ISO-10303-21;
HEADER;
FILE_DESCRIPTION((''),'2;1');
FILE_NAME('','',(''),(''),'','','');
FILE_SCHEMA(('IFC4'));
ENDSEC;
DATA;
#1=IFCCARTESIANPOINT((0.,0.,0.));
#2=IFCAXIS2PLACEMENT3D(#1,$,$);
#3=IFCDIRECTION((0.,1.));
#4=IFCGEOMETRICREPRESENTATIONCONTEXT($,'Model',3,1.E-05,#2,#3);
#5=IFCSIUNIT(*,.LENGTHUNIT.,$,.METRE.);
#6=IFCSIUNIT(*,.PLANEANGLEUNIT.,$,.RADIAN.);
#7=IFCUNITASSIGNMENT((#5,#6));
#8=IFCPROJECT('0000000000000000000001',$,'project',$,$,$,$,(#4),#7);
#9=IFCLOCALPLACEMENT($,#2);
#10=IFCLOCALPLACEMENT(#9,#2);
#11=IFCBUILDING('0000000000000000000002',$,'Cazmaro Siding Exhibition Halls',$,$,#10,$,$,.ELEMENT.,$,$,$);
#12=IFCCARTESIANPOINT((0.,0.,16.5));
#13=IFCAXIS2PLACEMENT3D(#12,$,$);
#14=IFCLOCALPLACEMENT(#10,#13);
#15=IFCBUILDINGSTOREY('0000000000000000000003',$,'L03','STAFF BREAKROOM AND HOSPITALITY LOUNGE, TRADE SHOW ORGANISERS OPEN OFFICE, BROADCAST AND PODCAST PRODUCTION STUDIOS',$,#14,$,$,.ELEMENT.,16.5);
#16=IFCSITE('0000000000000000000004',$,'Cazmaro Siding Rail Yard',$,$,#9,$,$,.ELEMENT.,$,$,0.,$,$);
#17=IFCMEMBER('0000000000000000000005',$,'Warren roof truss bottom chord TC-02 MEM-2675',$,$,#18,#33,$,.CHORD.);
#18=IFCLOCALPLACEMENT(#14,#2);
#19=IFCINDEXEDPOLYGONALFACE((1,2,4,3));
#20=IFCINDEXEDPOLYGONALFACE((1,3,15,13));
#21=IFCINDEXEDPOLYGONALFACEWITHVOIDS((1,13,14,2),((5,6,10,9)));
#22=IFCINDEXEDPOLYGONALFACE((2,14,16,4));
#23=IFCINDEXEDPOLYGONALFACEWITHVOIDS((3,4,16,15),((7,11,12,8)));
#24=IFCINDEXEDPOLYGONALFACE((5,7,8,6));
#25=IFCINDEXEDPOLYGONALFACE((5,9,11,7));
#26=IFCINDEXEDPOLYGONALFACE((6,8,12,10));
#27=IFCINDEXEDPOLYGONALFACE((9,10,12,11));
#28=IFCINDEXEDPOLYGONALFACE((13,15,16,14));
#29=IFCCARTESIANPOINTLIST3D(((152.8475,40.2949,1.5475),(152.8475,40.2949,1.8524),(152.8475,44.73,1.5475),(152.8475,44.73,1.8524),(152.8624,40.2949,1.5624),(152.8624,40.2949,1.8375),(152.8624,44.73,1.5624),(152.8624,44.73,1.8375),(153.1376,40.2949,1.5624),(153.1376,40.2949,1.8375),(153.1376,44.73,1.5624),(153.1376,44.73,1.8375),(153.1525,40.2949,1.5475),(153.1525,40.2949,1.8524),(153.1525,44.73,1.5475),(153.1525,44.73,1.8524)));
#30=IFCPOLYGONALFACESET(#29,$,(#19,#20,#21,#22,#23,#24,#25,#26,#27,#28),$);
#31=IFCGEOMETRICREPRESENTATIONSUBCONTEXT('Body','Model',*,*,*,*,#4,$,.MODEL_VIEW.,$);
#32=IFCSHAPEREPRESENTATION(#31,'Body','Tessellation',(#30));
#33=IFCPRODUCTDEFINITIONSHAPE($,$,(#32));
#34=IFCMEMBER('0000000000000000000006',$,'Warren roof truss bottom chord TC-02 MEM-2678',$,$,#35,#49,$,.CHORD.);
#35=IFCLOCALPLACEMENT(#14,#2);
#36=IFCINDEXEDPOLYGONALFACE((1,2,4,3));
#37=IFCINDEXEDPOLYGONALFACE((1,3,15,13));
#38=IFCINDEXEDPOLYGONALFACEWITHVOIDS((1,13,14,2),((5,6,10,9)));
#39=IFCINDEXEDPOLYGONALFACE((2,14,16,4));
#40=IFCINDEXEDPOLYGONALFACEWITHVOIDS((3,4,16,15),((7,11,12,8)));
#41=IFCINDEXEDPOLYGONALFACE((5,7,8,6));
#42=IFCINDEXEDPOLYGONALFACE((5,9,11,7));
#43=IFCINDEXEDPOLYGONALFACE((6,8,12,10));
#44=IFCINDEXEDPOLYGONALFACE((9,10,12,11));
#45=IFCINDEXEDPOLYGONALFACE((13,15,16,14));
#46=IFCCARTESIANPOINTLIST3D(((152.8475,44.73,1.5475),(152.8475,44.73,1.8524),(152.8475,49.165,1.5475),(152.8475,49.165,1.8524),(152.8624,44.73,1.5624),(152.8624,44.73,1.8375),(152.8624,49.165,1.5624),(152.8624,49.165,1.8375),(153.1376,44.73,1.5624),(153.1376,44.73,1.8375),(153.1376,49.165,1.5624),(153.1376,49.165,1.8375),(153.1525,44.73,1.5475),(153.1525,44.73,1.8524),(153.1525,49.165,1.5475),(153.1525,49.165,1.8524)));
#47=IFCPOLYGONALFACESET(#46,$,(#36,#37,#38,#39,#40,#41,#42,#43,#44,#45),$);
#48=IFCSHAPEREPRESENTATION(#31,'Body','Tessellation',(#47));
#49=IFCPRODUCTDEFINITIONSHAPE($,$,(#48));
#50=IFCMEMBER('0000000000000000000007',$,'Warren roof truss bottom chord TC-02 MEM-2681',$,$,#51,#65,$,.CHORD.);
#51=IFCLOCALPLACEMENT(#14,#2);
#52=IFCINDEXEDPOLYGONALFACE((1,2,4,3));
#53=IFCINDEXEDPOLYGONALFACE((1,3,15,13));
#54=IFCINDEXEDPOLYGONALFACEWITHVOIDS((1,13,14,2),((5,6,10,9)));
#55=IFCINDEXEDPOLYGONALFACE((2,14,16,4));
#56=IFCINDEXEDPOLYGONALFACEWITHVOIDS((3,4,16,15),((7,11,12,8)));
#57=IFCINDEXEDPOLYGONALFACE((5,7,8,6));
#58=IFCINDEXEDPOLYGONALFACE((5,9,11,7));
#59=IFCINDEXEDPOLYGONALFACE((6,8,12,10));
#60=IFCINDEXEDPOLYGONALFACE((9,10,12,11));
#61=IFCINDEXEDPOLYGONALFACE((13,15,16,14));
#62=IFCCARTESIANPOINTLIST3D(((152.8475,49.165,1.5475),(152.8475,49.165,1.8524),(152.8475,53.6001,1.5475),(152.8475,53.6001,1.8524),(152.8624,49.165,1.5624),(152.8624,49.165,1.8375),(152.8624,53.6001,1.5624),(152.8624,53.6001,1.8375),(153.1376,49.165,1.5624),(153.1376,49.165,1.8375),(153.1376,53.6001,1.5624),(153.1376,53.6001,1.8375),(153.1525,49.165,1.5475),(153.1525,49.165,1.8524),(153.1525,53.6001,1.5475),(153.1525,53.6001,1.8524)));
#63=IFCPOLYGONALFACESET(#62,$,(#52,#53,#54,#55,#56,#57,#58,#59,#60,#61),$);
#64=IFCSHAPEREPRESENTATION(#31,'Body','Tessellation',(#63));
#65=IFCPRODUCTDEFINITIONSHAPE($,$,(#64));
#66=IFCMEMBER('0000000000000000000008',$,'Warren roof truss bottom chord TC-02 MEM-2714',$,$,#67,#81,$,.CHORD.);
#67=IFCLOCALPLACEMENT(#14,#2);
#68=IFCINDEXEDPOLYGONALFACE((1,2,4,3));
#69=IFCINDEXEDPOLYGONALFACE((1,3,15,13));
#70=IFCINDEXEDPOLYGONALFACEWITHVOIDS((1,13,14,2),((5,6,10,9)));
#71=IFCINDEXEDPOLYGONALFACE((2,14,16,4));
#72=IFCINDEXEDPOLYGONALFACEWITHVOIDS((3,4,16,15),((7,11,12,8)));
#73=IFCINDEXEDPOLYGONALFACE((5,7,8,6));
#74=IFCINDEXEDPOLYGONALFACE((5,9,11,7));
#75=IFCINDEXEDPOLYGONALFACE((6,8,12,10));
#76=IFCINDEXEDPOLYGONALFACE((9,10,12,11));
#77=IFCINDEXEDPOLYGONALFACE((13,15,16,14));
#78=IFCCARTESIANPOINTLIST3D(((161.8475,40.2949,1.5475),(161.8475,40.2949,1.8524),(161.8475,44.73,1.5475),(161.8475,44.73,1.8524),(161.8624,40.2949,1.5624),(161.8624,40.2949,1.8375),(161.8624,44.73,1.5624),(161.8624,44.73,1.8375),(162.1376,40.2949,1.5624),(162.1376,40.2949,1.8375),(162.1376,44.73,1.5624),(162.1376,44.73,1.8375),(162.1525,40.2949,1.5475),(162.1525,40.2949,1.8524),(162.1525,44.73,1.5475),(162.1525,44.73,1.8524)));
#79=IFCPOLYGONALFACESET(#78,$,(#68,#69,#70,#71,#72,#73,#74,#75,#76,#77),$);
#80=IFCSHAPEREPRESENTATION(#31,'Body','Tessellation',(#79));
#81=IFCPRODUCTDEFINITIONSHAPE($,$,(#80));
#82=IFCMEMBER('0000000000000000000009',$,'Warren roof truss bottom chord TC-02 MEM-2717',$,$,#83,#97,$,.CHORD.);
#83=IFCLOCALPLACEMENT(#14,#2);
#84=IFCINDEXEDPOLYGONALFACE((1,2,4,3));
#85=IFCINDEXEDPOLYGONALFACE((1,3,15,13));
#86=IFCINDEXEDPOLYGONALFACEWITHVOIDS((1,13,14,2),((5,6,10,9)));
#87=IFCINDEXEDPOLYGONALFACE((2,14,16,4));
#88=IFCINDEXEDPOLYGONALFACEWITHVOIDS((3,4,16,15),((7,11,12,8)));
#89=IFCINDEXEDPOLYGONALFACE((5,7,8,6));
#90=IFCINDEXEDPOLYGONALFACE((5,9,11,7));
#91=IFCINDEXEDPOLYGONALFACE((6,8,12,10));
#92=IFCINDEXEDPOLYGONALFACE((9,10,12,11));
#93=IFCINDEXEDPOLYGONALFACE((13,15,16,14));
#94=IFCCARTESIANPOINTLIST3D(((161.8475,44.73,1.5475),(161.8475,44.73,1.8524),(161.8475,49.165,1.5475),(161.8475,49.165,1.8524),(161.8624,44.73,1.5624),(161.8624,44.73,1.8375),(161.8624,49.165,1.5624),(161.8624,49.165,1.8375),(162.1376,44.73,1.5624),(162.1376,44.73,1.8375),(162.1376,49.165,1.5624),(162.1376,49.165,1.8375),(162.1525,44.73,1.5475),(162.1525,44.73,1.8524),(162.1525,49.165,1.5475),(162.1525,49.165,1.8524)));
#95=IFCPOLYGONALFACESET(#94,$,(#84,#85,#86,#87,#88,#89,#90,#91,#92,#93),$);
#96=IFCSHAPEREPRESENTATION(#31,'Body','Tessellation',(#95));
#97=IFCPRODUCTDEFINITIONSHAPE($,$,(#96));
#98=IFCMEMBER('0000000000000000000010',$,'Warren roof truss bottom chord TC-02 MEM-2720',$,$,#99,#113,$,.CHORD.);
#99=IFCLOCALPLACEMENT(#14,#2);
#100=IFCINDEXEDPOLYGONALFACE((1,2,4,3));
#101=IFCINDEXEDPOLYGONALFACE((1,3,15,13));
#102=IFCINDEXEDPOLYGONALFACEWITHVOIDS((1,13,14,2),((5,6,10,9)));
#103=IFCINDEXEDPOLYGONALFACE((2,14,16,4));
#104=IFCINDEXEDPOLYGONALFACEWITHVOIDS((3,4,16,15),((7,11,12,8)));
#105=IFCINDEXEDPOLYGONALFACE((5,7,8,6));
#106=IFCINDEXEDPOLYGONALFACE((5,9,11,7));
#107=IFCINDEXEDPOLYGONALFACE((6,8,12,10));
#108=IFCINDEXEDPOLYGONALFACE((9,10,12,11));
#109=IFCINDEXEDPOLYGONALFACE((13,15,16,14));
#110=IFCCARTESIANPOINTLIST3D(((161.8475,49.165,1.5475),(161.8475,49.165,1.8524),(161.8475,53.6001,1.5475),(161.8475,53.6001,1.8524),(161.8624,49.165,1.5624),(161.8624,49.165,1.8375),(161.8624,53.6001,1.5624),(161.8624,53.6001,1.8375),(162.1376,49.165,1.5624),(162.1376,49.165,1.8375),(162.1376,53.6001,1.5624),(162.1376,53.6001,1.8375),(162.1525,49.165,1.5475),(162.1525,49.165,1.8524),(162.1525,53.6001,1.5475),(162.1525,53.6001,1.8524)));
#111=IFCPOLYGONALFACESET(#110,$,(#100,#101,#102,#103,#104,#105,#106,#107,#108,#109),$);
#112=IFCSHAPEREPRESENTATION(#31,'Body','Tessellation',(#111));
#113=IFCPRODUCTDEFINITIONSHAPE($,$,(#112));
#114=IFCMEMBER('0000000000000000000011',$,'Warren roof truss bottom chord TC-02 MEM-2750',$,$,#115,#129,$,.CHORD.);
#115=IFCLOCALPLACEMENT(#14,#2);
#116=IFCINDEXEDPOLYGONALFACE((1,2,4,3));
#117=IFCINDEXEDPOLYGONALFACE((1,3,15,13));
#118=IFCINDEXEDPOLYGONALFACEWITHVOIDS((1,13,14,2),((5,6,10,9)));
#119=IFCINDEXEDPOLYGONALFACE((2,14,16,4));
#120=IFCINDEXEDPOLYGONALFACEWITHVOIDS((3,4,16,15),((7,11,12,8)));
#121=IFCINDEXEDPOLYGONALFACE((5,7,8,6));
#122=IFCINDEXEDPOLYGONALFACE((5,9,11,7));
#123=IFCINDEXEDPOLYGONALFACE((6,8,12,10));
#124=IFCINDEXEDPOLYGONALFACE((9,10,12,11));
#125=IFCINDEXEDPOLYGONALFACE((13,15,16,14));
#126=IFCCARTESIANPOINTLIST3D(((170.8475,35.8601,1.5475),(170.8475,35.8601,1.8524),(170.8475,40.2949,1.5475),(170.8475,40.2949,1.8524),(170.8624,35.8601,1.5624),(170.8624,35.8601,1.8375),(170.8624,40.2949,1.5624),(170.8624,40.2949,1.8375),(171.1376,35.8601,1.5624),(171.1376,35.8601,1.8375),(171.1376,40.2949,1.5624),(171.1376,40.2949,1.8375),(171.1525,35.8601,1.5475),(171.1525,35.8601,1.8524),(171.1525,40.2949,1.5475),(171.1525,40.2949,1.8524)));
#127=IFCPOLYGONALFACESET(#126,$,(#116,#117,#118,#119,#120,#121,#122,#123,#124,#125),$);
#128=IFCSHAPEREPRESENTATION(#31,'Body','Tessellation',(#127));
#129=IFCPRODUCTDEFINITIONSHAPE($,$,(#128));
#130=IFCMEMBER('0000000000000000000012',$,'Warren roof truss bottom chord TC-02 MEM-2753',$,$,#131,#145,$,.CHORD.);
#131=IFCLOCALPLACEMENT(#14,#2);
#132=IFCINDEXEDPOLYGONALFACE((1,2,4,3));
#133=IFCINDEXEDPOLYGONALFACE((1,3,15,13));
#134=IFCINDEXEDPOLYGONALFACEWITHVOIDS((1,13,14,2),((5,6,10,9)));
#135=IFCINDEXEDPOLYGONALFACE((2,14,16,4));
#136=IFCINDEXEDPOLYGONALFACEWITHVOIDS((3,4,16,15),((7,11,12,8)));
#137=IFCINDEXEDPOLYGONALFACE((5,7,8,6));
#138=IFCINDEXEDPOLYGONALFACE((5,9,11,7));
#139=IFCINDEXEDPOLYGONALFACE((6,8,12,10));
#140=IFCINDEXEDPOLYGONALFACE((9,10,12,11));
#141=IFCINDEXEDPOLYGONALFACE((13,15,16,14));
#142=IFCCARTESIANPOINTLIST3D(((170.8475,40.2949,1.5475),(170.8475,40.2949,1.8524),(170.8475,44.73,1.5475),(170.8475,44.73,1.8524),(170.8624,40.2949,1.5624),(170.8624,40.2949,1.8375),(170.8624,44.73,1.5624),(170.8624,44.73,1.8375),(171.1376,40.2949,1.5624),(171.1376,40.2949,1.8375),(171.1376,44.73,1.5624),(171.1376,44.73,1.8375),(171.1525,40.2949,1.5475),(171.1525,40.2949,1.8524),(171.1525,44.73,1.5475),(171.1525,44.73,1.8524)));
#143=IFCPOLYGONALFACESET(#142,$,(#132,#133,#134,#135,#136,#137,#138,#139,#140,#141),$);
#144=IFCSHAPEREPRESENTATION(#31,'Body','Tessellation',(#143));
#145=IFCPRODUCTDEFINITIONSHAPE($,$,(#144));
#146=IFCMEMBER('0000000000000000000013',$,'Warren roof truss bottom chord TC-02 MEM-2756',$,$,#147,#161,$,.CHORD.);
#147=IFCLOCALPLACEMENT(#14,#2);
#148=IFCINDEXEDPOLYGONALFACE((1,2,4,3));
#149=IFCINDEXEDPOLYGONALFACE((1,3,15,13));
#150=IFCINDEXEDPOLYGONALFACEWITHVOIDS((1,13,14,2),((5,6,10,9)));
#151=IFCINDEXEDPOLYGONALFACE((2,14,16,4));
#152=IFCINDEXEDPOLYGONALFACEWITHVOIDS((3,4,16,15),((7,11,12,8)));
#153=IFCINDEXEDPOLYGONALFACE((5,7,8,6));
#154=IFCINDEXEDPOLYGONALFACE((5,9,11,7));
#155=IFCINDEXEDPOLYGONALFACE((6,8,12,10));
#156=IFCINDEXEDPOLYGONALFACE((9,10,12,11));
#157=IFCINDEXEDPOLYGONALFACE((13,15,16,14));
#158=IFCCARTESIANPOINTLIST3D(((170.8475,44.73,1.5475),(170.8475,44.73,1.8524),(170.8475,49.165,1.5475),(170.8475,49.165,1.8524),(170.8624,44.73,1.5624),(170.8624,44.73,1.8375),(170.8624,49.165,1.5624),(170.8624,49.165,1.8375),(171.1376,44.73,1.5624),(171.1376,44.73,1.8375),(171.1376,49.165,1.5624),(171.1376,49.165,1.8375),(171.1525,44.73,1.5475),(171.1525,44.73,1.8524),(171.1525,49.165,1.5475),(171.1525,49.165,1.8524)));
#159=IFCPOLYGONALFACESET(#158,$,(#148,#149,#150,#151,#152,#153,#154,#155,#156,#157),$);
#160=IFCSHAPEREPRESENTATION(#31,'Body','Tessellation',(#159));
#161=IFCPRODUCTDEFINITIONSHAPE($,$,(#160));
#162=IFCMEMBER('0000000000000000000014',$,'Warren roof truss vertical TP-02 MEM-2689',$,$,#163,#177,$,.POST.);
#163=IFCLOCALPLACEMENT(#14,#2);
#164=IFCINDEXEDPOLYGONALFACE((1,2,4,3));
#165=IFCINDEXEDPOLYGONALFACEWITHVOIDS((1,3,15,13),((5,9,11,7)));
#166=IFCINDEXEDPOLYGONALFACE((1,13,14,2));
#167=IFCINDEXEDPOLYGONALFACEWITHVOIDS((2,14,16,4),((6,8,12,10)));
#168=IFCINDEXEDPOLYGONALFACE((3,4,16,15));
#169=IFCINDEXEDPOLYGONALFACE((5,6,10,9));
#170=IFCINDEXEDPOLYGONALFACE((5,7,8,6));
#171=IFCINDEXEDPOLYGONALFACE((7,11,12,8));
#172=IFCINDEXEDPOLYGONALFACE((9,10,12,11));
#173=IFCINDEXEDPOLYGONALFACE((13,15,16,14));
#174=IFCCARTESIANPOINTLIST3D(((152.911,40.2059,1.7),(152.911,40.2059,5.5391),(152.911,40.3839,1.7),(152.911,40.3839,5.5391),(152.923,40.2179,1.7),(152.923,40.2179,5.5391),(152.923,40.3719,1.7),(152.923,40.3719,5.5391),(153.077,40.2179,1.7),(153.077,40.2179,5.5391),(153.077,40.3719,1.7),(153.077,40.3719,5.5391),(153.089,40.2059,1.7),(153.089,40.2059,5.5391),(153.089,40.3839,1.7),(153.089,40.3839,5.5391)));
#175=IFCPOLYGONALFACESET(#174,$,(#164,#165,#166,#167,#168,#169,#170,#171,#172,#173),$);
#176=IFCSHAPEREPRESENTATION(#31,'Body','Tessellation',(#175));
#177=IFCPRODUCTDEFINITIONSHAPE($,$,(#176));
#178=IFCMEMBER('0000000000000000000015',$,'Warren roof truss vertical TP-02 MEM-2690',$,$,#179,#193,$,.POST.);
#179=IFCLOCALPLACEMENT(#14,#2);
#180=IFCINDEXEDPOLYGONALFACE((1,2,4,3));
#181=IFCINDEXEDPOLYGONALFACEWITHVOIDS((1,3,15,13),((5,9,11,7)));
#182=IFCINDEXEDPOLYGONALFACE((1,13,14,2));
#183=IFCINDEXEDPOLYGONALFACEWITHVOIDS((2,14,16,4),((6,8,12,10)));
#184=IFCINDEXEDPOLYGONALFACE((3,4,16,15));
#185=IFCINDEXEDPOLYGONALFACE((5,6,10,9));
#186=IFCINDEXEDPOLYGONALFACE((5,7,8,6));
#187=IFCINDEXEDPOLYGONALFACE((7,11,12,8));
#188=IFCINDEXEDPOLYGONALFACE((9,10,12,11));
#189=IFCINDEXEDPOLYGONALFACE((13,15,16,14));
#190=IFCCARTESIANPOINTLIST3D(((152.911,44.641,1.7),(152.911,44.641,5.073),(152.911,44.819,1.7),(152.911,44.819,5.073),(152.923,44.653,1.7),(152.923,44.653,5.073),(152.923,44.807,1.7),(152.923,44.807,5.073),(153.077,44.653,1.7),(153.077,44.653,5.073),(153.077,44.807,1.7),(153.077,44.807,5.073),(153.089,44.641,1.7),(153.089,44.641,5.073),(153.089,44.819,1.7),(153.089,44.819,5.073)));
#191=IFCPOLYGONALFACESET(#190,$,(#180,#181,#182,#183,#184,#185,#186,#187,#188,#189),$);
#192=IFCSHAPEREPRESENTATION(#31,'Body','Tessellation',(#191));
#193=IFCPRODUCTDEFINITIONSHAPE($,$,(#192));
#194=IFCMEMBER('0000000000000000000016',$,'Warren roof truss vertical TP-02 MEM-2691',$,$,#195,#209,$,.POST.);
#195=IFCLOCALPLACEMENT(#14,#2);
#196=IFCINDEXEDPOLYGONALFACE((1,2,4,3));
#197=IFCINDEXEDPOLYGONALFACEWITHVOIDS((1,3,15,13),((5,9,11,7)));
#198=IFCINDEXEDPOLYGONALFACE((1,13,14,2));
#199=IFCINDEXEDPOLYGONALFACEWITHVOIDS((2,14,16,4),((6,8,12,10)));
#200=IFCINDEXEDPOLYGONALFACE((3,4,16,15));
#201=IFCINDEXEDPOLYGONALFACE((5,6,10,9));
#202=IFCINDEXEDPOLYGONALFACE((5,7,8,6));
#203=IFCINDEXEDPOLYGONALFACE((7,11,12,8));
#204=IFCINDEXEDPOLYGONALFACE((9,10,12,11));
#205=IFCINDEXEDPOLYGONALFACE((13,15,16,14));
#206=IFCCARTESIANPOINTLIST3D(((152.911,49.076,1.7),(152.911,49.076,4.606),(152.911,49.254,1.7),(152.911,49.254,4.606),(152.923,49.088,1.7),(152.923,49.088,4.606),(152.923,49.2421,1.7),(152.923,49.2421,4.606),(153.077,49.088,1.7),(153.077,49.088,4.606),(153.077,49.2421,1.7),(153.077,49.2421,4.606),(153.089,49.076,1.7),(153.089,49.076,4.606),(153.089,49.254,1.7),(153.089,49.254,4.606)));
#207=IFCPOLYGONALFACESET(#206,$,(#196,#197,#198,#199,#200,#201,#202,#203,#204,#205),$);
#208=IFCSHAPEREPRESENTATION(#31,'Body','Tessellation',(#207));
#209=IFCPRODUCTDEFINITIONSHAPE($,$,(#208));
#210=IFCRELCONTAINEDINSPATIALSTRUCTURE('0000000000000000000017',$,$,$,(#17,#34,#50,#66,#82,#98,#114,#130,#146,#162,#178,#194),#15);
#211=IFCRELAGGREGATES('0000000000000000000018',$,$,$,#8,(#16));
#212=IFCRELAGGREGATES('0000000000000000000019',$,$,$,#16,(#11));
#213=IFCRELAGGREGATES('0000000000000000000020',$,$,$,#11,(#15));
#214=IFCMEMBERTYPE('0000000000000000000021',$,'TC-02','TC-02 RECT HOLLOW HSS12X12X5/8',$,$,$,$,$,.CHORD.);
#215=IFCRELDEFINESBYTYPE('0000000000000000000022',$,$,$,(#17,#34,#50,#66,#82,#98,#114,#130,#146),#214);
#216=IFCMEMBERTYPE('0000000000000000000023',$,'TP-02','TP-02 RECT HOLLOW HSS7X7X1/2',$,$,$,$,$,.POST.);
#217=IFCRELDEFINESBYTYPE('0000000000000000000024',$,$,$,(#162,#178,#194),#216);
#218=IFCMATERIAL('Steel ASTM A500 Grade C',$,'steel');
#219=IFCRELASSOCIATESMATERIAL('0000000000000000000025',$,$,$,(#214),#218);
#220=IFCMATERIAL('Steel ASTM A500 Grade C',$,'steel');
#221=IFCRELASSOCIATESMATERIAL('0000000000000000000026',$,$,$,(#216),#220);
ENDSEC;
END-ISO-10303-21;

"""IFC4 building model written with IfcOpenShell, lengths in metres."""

from ifc_helpers import new_model, si_unit, direction, frame, origin, origin_2d, place, context, subcontext, project, spatial, hollow_rectangle, extrude, material, material_profile, profile_set, type_object, element, save


model = new_model("IFC4")

# Units and contexts
model_context = context("Model", 3, precision=1e-05, world=origin(), true_north=direction((0.0, 1.0)))
body_context = subcontext(model_context, "Body", "Model", "MODEL_VIEW")
ifc_project = project(units=[si_unit("LENGTHUNIT", "METRE"), si_unit("PLANEANGLEUNIT", "RADIAN")], contexts=[model_context])

# Site, building, storey
site_placement = place(None, origin())
site = spatial("IfcSite", under=ifc_project, at=site_placement, Name="Cazmaro Siding Rail Yard", CompositionType="ELEMENT", RefElevation=0.0)
building_placement = place(site_placement, origin())
building = spatial("IfcBuilding", under=site, at=building_placement, Name="Cazmaro Siding Exhibition Halls", CompositionType="ELEMENT")
storey_placement = place(building_placement, frame((0.0, 0.0, 16.5)))
storey = spatial("IfcBuildingStorey", under=building, at=storey_placement, Name="L03", Description="STAFF BREAKROOM AND HOSPITALITY LOUNGE, TRADE SHOW ORGANISERS OPEN OFFICE, BROADCAST AND PODCAST PRODUCTION STUDIOS", CompositionType="ELEMENT", Elevation=16.5)

# Members
ifc_material_1 = material(Name="Steel ASTM A500 Grade C", Category="steel")
ifc_material_profile_1 = material_profile(ifc_material_1, hollow_rectangle(XDim=0.3049, YDim=0.3049, WallThickness=0.0149, at=origin_2d()), Name="HSS12X12X5/8")
ifc_profile_set_1 = profile_set([ifc_material_profile_1], Name="Steel ASTM A500 Grade C")
member_type_1 = type_object("IfcMemberType", Name="TC-02", Description="TC-02 RECT HOLLOW HSS12X12X5/8", PredefinedType="CHORD", material=ifc_profile_set_1)
for number, where, z_axis, x_axis, name in (
    (1, (153.0, 40.2949, 1.7), (0.0, 1.0, 0.0), (-1.0, 0.0, 0.0), "Warren roof truss bottom chord TC-02 MEM-2675"),
    (2, (153.0, 44.73, 1.7), (0.0, 1.0, 0.0), (-1.0, 0.0, 0.0), "Warren roof truss bottom chord TC-02 MEM-2678"),
    (3, (153.0, 49.165, 1.7), (0.0, 1.0, 0.0), (-1.0, 0.0, 0.0), "Warren roof truss bottom chord TC-02 MEM-2681"),
    (4, (162.0, 40.2949, 1.7), (0.0, 1.0, 0.0), (-1.0, 0.0, 0.0), "Warren roof truss bottom chord TC-02 MEM-2714"),
    (5, (162.0, 44.73, 1.7), (0.0, 1.0, 0.0), (-1.0, 0.0, 0.0), "Warren roof truss bottom chord TC-02 MEM-2717"),
    (6, (162.0, 49.165, 1.7), (0.0, 1.0, 0.0), (-1.0, 0.0, 0.0), "Warren roof truss bottom chord TC-02 MEM-2720"),
):
    element("IfcMember", number, at=place(storey_placement, frame(where, z_axis=z_axis, x_axis=x_axis)), inside=storey, type_object=member_type_1, Name=name, PredefinedType="CHORD", context=body_context, shape_type="SweptSolid", body=[
        extrude(hollow_rectangle(XDim=0.3049, YDim=0.3049, WallThickness=0.0149, at=origin_2d()), origin(), (0.0, 0.0, 1.0), 4.4351),
    ])
member_1_placement = place(storey_placement, frame((171.0, 35.8601, 1.7), z_axis=(0.0, 1.0, 0.0), x_axis=(-1.0, 0.0, 0.0)))
element("IfcMember", 7, at=member_1_placement, inside=storey, type_object=member_type_1, Name="Warren roof truss bottom chord TC-02 MEM-2750", PredefinedType="CHORD", context=body_context, shape_type="SweptSolid", body=[
    extrude(hollow_rectangle(XDim=0.3049, YDim=0.3049, WallThickness=0.0149, at=origin_2d()), origin(), (0.0, 0.0, 1.0), 4.4348),
])
for number, where, z_axis, x_axis, name in (
    (8, (171.0, 40.2949, 1.7), (0.0, 1.0, 0.0), (-1.0, 0.0, 0.0), "Warren roof truss bottom chord TC-02 MEM-2753"),
    (9, (171.0, 44.73, 1.7), (0.0, 1.0, 0.0), (-1.0, 0.0, 0.0), "Warren roof truss bottom chord TC-02 MEM-2756"),
):
    element("IfcMember", number, at=place(storey_placement, frame(where, z_axis=z_axis, x_axis=x_axis)), inside=storey, type_object=member_type_1, Name=name, PredefinedType="CHORD", context=body_context, shape_type="SweptSolid", body=[
        extrude(hollow_rectangle(XDim=0.3049, YDim=0.3049, WallThickness=0.0149, at=origin_2d()), origin(), (0.0, 0.0, 1.0), 4.4351),
    ])
ifc_material_2 = material(Name="Steel ASTM A500 Grade C", Category="steel")
ifc_material_profile_2 = material_profile(ifc_material_2, hollow_rectangle(XDim=0.178, YDim=0.178, WallThickness=0.012, at=origin_2d()), Name="HSS7X7X1/2")
ifc_profile_set_2 = profile_set([ifc_material_profile_2], Name="Steel ASTM A500 Grade C")
member_type_2 = type_object("IfcMemberType", Name="TP-02", Description="TP-02 RECT HOLLOW HSS7X7X1/2", PredefinedType="POST", material=ifc_profile_set_2)
member_2_placement = place(storey_placement, frame((153.0, 40.2949, 1.7), z_axis=(0.0, 0.0, 1.0), x_axis=(1.0, 0.0, 0.0)))
element("IfcMember", 10, at=member_2_placement, inside=storey, type_object=member_type_2, Name="Warren roof truss vertical TP-02 MEM-2689", PredefinedType="POST", context=body_context, shape_type="SweptSolid", body=[
    extrude(hollow_rectangle(XDim=0.178, YDim=0.178, WallThickness=0.012, at=origin_2d()), origin(), (0.0, 0.0, 1.0), 3.8391),
])
member_3_placement = place(storey_placement, frame((153.0, 44.73, 1.7), z_axis=(0.0, 0.0, 1.0), x_axis=(1.0, 0.0, 0.0)))
element("IfcMember", 11, at=member_3_placement, inside=storey, type_object=member_type_2, Name="Warren roof truss vertical TP-02 MEM-2690", PredefinedType="POST", context=body_context, shape_type="SweptSolid", body=[
    extrude(hollow_rectangle(XDim=0.178, YDim=0.178, WallThickness=0.012, at=origin_2d()), origin(), (0.0, 0.0, 1.0), 3.373),
])
member_4_placement = place(storey_placement, frame((153.0, 49.165, 1.7), z_axis=(0.0, 0.0, 1.0), x_axis=(1.0, 0.0, 0.0)))
element("IfcMember", 12, at=member_4_placement, inside=storey, type_object=member_type_2, Name="Warren roof truss vertical TP-02 MEM-2691", PredefinedType="POST", context=body_context, shape_type="SweptSolid", body=[
    extrude(hollow_rectangle(XDim=0.178, YDim=0.178, WallThickness=0.012, at=origin_2d()), origin(), (0.0, 0.0, 1.0), 2.906),
])

save(model, "model.ifc")
